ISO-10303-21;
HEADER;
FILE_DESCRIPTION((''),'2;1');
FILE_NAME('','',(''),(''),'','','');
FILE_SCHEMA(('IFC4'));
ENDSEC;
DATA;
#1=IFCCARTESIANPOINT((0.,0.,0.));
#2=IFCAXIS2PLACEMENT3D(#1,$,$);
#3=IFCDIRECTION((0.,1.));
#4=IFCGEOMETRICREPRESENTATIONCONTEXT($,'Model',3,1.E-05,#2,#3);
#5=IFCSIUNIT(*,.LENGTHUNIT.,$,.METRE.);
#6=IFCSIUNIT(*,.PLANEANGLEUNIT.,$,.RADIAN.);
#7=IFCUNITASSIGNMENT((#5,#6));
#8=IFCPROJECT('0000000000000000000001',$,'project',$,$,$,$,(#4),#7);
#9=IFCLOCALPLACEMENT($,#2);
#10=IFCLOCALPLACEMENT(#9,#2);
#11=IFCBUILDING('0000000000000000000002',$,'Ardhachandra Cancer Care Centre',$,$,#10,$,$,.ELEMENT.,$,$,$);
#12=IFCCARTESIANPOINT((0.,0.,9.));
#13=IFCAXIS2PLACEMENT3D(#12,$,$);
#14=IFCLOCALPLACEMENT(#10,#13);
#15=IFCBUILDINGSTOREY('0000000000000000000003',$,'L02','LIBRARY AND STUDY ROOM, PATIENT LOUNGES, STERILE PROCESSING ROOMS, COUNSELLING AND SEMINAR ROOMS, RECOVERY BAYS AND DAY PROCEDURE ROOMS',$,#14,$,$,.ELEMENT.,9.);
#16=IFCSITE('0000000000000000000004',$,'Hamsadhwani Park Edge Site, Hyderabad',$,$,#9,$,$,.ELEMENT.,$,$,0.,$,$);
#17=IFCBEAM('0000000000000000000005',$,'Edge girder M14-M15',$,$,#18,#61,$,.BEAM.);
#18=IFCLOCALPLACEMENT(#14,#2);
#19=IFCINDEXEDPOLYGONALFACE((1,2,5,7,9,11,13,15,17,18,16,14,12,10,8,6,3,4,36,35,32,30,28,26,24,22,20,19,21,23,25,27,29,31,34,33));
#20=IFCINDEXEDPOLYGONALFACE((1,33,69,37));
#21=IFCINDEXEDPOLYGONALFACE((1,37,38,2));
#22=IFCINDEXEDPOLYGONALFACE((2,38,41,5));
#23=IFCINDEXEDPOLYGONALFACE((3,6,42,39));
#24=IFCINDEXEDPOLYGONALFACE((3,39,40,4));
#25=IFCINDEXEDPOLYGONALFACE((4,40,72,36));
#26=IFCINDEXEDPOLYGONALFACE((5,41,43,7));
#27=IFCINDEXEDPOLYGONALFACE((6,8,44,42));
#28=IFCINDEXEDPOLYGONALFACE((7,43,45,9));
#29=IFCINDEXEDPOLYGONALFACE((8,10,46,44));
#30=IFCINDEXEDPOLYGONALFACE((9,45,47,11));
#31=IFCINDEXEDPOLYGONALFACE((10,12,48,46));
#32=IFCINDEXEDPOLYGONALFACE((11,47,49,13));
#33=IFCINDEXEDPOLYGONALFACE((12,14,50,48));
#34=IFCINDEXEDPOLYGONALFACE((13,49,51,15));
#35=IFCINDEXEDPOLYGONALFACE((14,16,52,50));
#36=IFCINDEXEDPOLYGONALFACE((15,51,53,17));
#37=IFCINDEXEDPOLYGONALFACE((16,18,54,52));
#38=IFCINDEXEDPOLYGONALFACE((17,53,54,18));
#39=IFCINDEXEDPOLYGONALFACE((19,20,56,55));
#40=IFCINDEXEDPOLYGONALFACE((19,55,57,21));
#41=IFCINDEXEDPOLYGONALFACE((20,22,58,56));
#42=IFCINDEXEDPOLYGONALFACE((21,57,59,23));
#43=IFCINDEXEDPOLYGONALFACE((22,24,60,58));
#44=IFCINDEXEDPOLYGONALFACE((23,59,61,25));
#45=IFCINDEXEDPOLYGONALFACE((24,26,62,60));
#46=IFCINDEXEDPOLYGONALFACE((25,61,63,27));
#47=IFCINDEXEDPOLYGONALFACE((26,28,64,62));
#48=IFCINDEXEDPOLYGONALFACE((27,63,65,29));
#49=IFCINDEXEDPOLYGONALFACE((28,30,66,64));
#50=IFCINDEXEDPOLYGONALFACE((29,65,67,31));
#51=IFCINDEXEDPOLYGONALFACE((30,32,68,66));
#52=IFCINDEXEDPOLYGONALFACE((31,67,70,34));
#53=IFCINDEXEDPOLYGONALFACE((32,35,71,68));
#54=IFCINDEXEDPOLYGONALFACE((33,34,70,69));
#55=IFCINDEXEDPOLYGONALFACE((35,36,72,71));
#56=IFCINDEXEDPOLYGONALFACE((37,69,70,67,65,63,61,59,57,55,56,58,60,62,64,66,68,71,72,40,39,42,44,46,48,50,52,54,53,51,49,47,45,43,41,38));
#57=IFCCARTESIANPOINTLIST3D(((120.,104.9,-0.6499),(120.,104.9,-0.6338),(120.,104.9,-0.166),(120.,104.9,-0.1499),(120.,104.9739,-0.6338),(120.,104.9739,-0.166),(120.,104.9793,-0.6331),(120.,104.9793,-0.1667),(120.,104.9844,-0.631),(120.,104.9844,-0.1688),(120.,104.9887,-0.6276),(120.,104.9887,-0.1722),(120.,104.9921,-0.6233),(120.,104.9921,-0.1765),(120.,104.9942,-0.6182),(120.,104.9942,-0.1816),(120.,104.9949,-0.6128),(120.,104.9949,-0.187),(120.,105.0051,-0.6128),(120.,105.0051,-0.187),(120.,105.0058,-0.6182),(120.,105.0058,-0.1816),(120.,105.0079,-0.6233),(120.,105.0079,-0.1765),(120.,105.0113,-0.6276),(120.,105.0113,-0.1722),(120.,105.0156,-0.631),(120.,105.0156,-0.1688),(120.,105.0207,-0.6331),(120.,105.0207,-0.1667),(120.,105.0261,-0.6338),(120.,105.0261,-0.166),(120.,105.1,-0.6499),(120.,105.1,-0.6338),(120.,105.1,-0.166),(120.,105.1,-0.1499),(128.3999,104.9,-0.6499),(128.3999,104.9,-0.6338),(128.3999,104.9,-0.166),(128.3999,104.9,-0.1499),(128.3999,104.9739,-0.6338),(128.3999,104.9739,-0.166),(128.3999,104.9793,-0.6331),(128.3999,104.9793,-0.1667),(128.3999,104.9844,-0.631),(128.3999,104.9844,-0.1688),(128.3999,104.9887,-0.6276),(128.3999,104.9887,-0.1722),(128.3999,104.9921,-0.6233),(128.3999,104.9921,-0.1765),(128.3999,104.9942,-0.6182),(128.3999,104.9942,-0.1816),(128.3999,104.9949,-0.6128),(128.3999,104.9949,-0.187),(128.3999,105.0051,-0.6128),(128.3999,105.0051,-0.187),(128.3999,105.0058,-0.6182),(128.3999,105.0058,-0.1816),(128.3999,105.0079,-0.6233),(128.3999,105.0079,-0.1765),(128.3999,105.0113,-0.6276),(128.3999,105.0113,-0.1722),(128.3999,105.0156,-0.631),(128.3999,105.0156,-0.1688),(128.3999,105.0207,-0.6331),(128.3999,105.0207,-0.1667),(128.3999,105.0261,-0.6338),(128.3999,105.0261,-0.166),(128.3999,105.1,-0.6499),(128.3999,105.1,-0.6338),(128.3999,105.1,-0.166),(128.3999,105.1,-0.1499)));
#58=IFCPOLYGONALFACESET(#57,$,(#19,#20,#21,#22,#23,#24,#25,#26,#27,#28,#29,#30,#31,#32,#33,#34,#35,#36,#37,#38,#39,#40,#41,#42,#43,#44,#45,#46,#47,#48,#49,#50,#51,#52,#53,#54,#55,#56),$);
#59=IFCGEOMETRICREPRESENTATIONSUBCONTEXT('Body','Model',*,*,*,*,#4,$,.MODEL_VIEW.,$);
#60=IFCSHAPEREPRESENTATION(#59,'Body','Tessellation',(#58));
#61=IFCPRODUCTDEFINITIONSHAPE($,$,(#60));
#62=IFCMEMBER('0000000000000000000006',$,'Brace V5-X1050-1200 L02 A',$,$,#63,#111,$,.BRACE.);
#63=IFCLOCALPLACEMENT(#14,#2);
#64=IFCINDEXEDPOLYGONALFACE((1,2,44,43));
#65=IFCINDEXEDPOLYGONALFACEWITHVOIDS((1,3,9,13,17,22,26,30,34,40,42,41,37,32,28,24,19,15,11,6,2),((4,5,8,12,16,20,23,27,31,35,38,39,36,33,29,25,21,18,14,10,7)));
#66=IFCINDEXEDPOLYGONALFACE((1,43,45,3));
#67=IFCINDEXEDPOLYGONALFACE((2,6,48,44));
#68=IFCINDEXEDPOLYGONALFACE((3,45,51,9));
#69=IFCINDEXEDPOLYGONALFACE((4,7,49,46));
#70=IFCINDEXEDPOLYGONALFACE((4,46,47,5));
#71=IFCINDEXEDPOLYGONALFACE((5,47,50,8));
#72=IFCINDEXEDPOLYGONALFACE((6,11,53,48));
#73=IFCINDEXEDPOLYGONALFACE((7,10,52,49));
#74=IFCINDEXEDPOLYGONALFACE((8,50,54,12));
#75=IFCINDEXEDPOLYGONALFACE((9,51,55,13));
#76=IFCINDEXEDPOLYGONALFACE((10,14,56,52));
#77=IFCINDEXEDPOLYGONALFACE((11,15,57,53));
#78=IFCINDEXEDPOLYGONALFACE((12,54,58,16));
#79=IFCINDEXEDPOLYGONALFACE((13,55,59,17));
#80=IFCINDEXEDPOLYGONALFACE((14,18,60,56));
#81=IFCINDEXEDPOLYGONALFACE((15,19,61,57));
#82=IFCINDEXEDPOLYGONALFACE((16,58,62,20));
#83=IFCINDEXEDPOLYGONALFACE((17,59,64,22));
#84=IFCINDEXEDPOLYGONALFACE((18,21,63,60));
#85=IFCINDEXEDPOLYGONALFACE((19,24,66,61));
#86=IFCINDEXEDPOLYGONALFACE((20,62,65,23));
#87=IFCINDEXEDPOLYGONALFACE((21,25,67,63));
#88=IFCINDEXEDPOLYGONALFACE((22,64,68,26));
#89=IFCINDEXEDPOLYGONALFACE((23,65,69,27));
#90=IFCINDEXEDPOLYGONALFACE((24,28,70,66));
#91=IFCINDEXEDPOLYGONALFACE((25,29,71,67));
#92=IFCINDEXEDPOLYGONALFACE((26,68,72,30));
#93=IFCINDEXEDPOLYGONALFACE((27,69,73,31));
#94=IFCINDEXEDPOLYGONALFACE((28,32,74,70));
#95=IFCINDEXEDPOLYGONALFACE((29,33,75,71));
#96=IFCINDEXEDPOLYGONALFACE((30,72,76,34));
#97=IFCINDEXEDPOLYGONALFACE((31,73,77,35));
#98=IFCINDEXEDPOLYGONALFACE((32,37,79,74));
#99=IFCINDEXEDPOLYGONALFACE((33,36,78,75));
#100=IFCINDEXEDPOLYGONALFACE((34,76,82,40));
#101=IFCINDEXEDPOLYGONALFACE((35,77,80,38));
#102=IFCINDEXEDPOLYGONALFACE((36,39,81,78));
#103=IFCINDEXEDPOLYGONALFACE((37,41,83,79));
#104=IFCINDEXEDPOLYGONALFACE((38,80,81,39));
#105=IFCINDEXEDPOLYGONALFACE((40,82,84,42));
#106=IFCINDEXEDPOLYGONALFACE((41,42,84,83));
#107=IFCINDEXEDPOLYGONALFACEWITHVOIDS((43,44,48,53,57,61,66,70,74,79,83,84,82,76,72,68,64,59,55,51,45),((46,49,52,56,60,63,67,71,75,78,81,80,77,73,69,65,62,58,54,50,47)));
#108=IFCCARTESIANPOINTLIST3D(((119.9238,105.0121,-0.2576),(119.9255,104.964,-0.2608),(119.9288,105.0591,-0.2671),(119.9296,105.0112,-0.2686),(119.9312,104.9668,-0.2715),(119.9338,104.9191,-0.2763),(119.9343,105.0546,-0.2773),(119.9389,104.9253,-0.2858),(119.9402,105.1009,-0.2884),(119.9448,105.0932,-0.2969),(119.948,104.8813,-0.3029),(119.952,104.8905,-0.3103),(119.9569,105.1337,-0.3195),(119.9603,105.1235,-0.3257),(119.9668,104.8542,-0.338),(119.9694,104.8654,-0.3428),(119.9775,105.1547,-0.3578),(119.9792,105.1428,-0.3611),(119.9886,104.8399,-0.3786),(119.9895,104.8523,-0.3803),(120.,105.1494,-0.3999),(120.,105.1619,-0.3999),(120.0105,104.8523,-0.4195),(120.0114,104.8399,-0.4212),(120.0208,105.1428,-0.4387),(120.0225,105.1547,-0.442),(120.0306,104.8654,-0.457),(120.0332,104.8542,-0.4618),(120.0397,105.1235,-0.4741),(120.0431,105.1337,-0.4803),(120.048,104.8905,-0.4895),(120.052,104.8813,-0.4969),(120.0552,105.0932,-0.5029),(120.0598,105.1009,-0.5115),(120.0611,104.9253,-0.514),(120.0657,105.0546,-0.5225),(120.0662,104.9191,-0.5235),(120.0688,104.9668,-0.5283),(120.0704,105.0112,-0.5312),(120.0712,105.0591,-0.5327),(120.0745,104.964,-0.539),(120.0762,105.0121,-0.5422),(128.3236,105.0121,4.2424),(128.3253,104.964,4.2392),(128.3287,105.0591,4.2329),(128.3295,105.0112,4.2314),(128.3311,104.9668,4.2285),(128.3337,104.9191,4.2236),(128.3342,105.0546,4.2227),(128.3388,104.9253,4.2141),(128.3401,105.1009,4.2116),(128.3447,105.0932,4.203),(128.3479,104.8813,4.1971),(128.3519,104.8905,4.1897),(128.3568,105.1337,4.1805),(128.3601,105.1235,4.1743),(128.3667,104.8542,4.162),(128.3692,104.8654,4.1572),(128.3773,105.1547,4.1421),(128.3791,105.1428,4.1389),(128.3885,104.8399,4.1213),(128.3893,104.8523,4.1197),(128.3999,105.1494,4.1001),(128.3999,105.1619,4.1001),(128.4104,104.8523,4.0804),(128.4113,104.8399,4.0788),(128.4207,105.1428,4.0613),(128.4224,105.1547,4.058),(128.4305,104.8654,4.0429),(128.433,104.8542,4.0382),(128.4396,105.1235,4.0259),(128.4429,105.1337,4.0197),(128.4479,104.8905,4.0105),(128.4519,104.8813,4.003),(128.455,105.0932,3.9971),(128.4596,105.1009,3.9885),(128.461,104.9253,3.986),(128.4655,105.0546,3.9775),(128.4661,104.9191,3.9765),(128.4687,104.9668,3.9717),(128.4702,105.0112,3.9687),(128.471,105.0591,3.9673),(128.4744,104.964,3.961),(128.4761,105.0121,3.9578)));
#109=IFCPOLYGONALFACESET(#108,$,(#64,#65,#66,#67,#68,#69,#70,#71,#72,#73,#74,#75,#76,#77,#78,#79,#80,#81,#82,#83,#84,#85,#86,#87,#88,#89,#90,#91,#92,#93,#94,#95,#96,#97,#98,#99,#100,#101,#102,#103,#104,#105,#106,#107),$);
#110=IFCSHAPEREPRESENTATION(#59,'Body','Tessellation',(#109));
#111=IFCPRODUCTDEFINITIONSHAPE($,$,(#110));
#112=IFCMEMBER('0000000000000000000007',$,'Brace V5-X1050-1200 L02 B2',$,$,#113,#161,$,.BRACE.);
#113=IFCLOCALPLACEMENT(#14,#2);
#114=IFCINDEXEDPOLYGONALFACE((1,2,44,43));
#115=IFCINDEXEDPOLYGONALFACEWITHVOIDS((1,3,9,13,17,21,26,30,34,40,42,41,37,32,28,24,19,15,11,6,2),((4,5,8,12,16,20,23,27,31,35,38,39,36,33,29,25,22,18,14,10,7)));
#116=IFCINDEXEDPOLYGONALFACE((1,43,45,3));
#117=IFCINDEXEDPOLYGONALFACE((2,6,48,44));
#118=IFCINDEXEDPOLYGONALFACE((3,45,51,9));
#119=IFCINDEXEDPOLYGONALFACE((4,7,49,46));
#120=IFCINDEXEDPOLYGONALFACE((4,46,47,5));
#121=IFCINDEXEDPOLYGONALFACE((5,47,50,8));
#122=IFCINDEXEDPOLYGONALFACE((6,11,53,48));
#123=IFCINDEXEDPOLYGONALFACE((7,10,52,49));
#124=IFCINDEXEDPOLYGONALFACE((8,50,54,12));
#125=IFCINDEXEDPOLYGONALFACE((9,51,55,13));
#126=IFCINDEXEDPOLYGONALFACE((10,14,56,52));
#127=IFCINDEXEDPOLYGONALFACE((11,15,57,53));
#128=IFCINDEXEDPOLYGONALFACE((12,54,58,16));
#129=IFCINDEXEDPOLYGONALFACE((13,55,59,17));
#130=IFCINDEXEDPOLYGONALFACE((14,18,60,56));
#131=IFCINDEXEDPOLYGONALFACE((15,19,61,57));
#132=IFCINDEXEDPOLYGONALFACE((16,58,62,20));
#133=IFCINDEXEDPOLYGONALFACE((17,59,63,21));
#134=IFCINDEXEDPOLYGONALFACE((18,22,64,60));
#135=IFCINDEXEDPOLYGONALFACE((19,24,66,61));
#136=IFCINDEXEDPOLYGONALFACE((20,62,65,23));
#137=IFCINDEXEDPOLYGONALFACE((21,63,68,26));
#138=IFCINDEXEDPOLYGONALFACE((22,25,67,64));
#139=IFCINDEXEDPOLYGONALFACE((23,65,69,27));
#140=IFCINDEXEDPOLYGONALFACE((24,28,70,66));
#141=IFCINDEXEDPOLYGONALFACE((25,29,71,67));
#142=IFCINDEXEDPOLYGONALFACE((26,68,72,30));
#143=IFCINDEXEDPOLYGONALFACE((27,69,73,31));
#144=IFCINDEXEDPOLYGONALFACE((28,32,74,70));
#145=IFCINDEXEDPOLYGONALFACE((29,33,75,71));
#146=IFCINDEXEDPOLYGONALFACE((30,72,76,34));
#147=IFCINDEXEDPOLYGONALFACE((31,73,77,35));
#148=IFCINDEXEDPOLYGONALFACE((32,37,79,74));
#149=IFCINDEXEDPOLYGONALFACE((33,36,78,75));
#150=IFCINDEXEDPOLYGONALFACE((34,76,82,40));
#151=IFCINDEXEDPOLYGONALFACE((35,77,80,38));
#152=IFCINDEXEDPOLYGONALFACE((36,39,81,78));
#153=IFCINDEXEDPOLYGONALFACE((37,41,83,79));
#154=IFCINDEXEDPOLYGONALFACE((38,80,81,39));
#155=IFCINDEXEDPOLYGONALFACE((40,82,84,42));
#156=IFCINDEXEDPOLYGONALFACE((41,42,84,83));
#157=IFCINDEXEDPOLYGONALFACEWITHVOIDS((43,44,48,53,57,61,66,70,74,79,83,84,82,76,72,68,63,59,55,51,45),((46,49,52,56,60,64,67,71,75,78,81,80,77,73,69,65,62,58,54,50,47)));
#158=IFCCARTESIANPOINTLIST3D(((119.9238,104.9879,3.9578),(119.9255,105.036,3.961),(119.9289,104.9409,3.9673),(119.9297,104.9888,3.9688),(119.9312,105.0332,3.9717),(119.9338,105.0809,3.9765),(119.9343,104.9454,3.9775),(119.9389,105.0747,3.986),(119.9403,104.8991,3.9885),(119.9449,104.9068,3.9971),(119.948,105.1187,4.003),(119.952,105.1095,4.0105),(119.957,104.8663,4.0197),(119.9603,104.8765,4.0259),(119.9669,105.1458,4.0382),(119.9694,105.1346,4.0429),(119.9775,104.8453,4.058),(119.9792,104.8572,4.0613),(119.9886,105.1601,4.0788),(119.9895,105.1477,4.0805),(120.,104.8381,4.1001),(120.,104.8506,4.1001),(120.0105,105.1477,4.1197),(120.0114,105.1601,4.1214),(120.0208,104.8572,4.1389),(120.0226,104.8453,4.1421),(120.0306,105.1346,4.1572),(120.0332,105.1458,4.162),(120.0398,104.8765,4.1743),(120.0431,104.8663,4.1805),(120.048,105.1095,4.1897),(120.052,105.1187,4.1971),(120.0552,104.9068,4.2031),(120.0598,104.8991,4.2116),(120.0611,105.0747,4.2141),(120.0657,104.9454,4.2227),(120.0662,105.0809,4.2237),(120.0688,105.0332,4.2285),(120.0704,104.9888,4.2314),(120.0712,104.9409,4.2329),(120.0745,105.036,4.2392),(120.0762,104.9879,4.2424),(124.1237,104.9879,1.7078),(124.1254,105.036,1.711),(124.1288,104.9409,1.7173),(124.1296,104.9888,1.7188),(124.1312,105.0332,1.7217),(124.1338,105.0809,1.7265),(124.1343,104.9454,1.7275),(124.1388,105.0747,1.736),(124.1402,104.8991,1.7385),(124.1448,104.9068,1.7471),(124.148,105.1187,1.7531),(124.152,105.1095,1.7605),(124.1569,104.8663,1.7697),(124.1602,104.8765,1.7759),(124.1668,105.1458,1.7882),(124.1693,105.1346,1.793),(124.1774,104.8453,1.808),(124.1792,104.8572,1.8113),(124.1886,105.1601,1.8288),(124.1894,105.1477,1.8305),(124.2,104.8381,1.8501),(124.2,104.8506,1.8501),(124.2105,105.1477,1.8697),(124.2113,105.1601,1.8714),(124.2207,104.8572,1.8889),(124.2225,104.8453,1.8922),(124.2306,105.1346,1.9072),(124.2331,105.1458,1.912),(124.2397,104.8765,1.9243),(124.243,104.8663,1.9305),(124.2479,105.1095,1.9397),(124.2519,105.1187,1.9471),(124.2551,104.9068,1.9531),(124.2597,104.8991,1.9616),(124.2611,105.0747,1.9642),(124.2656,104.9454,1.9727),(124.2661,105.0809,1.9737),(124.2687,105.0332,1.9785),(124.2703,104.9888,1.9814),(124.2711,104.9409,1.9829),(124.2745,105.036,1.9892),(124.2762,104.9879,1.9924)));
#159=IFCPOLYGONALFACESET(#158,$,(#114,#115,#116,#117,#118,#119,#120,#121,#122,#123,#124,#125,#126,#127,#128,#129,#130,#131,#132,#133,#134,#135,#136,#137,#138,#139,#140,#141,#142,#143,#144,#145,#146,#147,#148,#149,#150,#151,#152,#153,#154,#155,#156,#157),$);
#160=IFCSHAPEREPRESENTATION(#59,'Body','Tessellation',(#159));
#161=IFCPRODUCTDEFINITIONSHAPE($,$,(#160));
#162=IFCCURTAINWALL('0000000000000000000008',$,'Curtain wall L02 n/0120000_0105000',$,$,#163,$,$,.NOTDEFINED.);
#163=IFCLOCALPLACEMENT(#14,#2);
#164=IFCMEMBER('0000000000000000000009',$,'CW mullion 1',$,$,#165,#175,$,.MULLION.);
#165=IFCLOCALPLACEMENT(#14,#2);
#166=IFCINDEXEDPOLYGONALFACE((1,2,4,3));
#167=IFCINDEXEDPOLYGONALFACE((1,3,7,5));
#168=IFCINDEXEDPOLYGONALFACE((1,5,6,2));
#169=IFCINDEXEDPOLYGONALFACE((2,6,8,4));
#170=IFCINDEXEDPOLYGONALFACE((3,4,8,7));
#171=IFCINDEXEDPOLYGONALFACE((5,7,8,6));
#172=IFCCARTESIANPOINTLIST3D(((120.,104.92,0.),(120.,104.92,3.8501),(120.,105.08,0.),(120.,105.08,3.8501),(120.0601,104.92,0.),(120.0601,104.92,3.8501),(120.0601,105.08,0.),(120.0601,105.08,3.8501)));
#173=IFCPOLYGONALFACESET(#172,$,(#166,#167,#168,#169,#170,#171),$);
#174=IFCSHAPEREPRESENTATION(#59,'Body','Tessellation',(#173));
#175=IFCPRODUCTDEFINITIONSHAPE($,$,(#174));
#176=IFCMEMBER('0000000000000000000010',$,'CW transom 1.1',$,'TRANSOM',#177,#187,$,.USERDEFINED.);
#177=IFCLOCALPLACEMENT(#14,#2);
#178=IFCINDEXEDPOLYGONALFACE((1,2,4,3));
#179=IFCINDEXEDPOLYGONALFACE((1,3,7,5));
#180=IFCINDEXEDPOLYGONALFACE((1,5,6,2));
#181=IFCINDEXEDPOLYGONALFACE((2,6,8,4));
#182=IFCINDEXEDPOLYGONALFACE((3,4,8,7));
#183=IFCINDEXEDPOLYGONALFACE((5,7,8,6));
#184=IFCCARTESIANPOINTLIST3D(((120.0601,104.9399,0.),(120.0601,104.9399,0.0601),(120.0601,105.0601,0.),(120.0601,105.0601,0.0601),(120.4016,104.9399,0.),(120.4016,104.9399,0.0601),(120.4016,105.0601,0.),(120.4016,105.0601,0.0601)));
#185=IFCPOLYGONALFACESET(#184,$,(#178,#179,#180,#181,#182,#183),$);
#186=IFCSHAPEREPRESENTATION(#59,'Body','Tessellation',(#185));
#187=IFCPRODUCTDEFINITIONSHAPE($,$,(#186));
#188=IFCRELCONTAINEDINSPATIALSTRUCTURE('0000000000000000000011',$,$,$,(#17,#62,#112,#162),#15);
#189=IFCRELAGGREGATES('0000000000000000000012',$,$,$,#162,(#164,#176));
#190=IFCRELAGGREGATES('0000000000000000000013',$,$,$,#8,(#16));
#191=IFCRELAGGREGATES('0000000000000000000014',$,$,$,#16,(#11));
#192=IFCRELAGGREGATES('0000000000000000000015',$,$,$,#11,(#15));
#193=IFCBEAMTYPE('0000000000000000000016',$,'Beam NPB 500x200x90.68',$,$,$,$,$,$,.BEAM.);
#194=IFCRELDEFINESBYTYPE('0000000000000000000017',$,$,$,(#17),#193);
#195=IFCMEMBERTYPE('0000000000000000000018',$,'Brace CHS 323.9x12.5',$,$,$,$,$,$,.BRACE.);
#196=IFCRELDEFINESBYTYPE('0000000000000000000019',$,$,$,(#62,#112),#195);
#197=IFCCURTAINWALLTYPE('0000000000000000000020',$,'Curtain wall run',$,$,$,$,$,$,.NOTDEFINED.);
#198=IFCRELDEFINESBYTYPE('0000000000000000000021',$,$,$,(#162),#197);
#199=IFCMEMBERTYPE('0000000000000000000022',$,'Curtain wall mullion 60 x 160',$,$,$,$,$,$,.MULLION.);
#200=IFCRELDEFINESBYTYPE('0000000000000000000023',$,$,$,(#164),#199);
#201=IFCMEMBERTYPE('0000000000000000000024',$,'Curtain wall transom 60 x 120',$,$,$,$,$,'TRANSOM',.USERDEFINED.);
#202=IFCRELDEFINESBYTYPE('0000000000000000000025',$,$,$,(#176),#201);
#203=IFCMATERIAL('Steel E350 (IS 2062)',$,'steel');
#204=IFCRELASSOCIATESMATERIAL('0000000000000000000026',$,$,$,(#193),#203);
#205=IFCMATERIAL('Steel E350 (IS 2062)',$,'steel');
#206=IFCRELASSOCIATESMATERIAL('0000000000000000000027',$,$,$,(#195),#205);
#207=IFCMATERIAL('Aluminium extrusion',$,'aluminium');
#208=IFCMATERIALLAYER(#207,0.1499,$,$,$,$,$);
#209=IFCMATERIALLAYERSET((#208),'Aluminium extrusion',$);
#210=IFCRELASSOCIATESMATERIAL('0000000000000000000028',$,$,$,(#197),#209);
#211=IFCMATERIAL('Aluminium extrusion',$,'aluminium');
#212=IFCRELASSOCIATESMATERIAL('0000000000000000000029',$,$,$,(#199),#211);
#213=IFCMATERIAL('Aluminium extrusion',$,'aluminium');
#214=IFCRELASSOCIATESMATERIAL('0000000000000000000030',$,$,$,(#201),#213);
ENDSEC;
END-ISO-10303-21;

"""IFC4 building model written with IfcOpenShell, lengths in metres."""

from ifc_helpers import new_model, si_unit, direction, frame, origin, origin_2d, place, context, subcontext, project, spatial, rectangle, hollow_circle, i_section, extrude, material, layer, layer_set, material_profile, profile_set, type_object, element, aggregate, save


model = new_model("IFC4")

# Units and contexts
model_context = context("Model", 3, precision=1e-05, world=origin(), true_north=direction((0.0, 1.0)))
body_context = subcontext(model_context, "Body", "Model", "MODEL_VIEW")
ifc_project = project(units=[si_unit("LENGTHUNIT", "METRE"), si_unit("PLANEANGLEUNIT", "RADIAN")], contexts=[model_context])

# Site, building, storey
site_placement = place(None, origin())
site = spatial("IfcSite", under=ifc_project, at=site_placement, Name="Hamsadhwani Park Edge Site, Hyderabad", CompositionType="ELEMENT", RefElevation=0.0)
building_placement = place(site_placement, origin())
building = spatial("IfcBuilding", under=site, at=building_placement, Name="Ardhachandra Cancer Care Centre", CompositionType="ELEMENT")
storey_placement = place(building_placement, frame((0.0, 0.0, 9.0)))
storey = spatial("IfcBuildingStorey", under=building, at=storey_placement, Name="L02", Description="LIBRARY AND STUDY ROOM, PATIENT LOUNGES, STERILE PROCESSING ROOMS, COUNSELLING AND SEMINAR ROOMS, RECOVERY BAYS AND DAY PROCEDURE ROOMS", CompositionType="ELEMENT", Elevation=9.0)

# Beam
ifc_material_1 = material(Name="Steel E350 (IS 2062)", Category="steel")
ifc_material_profile_1 = material_profile(ifc_material_1, i_section(OverallWidth=0.2, OverallDepth=0.5, WebThickness=0.0103, FlangeThickness=0.0161, FilletRadius=0.021, at=origin_2d()), Name="NPB 500x200x90.68")
ifc_profile_set_1 = profile_set([ifc_material_profile_1], Name="Steel E350 (IS 2062)")
beam_type = type_object("IfcBeamType", Name="Beam NPB 500x200x90.68", PredefinedType="BEAM", material=ifc_profile_set_1)
beam_placement = place(storey_placement, frame((120.0, 105.0, -0.3999), z_axis=(1.0, 0.0, 0.0), x_axis=(0.0, 1.0, 0.0)))
element("IfcBeam", 1, at=beam_placement, inside=storey, type_object=beam_type, Name="Edge girder M14-M15", PredefinedType="BEAM", context=body_context, shape_type="SweptSolid", body=[
    extrude(i_section(OverallWidth=0.2, OverallDepth=0.5, WebThickness=0.0103, FlangeThickness=0.0161, FilletRadius=0.021, at=origin_2d()), origin(), (0.0, 0.0, 1.0), 8.3999),
])

# Members
ifc_material_2 = material(Name="Steel E350 (IS 2062)", Category="steel")
ifc_material_profile_2 = material_profile(ifc_material_2, hollow_circle(Radius=0.1619, WallThickness=0.0125, at=origin_2d()), Name="CHS 323.9x12.5")
ifc_profile_set_2 = profile_set([ifc_material_profile_2], Name="Steel E350 (IS 2062)")
member_type_1 = type_object("IfcMemberType", Name="Brace CHS 323.9x12.5", PredefinedType="BRACE", material=ifc_profile_set_2)
member_1_placement = place(storey_placement, frame((120.0, 105.0, -0.3999), z_axis=(0.881478, 0.0, 0.472226), x_axis=(0.0, 1.0, 0.0)))
element("IfcMember", 2, at=member_1_placement, inside=storey, type_object=member_type_1, Name="Brace V5-X1050-1200 L02 A", PredefinedType="BRACE", context=body_context, shape_type="SweptSolid", body=[
    extrude(hollow_circle(Radius=0.1619, WallThickness=0.0125, at=origin_2d()), origin(), (0.0, 0.0, 1.0), 9.5293),
])
member_2_placement = place(storey_placement, frame((124.2, 105.0, 1.8501), z_axis=(-0.881478, 0.0, 0.472226), x_axis=(0.0, -1.0, 0.0)))
element("IfcMember", 3, at=member_2_placement, inside=storey, type_object=member_type_1, Name="Brace V5-X1050-1200 L02 B2", PredefinedType="BRACE", context=body_context, shape_type="SweptSolid", body=[
    extrude(hollow_circle(Radius=0.1619, WallThickness=0.0125, at=origin_2d()), origin(), (0.0, 0.0, 1.0), 4.7646),
])

# Curtain wall, members
ifc_material_3 = material(Name="Aluminium extrusion", Category="aluminium")
ifc_layer_1 = layer(ifc_material_3, 0.1499)
ifc_layer_set_1 = layer_set([ifc_layer_1], Name="Aluminium extrusion")
curtain_wall_type = type_object("IfcCurtainWallType", Name="Curtain wall run", PredefinedType="NOTDEFINED", material=ifc_layer_set_1)
curtain_wall_placement = place(storey_placement, origin())
curtain_wall = element("IfcCurtainWall", 4, at=curtain_wall_placement, inside=storey, type_object=curtain_wall_type, Name="Curtain wall L02 n/0120000_0105000", PredefinedType="NOTDEFINED")
ifc_material_4 = material(Name="Aluminium extrusion", Category="aluminium")
ifc_material_profile_3 = material_profile(ifc_material_4, rectangle(XDim=0.1599, YDim=0.0601, at=origin_2d()), Name="Curtain wall mullion 60 x 160")
ifc_profile_set_3 = profile_set([ifc_material_profile_3], Name="Aluminium extrusion")
member_type_2 = type_object("IfcMemberType", Name="Curtain wall mullion 60 x 160", PredefinedType="MULLION", material=ifc_profile_set_3)
member_3_placement = place(storey_placement, frame((120.03, 105.0, 0.0), z_axis=(0.0, 0.0, 1.0), x_axis=(0.0, 1.0, 0.0)))
member_3 = element("IfcMember", 5, at=member_3_placement, type_object=member_type_2, Name="CW mullion 1", PredefinedType="MULLION", context=body_context, shape_type="SweptSolid", body=[
    extrude(rectangle(XDim=0.1599, YDim=0.0601, at=origin_2d()), origin(), (0.0, 0.0, 1.0), 3.8501),
])
ifc_material_5 = material(Name="Aluminium extrusion", Category="aluminium")
ifc_material_profile_4 = material_profile(ifc_material_5, rectangle(XDim=0.1201, YDim=0.0601, at=origin_2d()), Name="Curtain wall transom 60 x 120")
ifc_profile_set_4 = profile_set([ifc_material_profile_4], Name="Aluminium extrusion")
member_type_3 = type_object("IfcMemberType", Name="Curtain wall transom 60 x 120", ElementType="TRANSOM", PredefinedType="USERDEFINED", material=ifc_profile_set_4)
member_4_placement = place(storey_placement, frame((120.0601, 105.0, 0.03), z_axis=(1.0, 0.0, 0.0), x_axis=(0.0, 1.0, 0.0)))
member_4 = element("IfcMember", 6, at=member_4_placement, type_object=member_type_3, Name="CW transom 1.1", ObjectType="TRANSOM", PredefinedType="USERDEFINED", context=body_context, shape_type="SweptSolid", body=[
    extrude(rectangle(XDim=0.1201, YDim=0.0601, at=origin_2d()), origin(), (0.0, 0.0, 1.0), 0.3416),
])
aggregate(curtain_wall, [member_3, member_4])

save(model, "model.ifc")
